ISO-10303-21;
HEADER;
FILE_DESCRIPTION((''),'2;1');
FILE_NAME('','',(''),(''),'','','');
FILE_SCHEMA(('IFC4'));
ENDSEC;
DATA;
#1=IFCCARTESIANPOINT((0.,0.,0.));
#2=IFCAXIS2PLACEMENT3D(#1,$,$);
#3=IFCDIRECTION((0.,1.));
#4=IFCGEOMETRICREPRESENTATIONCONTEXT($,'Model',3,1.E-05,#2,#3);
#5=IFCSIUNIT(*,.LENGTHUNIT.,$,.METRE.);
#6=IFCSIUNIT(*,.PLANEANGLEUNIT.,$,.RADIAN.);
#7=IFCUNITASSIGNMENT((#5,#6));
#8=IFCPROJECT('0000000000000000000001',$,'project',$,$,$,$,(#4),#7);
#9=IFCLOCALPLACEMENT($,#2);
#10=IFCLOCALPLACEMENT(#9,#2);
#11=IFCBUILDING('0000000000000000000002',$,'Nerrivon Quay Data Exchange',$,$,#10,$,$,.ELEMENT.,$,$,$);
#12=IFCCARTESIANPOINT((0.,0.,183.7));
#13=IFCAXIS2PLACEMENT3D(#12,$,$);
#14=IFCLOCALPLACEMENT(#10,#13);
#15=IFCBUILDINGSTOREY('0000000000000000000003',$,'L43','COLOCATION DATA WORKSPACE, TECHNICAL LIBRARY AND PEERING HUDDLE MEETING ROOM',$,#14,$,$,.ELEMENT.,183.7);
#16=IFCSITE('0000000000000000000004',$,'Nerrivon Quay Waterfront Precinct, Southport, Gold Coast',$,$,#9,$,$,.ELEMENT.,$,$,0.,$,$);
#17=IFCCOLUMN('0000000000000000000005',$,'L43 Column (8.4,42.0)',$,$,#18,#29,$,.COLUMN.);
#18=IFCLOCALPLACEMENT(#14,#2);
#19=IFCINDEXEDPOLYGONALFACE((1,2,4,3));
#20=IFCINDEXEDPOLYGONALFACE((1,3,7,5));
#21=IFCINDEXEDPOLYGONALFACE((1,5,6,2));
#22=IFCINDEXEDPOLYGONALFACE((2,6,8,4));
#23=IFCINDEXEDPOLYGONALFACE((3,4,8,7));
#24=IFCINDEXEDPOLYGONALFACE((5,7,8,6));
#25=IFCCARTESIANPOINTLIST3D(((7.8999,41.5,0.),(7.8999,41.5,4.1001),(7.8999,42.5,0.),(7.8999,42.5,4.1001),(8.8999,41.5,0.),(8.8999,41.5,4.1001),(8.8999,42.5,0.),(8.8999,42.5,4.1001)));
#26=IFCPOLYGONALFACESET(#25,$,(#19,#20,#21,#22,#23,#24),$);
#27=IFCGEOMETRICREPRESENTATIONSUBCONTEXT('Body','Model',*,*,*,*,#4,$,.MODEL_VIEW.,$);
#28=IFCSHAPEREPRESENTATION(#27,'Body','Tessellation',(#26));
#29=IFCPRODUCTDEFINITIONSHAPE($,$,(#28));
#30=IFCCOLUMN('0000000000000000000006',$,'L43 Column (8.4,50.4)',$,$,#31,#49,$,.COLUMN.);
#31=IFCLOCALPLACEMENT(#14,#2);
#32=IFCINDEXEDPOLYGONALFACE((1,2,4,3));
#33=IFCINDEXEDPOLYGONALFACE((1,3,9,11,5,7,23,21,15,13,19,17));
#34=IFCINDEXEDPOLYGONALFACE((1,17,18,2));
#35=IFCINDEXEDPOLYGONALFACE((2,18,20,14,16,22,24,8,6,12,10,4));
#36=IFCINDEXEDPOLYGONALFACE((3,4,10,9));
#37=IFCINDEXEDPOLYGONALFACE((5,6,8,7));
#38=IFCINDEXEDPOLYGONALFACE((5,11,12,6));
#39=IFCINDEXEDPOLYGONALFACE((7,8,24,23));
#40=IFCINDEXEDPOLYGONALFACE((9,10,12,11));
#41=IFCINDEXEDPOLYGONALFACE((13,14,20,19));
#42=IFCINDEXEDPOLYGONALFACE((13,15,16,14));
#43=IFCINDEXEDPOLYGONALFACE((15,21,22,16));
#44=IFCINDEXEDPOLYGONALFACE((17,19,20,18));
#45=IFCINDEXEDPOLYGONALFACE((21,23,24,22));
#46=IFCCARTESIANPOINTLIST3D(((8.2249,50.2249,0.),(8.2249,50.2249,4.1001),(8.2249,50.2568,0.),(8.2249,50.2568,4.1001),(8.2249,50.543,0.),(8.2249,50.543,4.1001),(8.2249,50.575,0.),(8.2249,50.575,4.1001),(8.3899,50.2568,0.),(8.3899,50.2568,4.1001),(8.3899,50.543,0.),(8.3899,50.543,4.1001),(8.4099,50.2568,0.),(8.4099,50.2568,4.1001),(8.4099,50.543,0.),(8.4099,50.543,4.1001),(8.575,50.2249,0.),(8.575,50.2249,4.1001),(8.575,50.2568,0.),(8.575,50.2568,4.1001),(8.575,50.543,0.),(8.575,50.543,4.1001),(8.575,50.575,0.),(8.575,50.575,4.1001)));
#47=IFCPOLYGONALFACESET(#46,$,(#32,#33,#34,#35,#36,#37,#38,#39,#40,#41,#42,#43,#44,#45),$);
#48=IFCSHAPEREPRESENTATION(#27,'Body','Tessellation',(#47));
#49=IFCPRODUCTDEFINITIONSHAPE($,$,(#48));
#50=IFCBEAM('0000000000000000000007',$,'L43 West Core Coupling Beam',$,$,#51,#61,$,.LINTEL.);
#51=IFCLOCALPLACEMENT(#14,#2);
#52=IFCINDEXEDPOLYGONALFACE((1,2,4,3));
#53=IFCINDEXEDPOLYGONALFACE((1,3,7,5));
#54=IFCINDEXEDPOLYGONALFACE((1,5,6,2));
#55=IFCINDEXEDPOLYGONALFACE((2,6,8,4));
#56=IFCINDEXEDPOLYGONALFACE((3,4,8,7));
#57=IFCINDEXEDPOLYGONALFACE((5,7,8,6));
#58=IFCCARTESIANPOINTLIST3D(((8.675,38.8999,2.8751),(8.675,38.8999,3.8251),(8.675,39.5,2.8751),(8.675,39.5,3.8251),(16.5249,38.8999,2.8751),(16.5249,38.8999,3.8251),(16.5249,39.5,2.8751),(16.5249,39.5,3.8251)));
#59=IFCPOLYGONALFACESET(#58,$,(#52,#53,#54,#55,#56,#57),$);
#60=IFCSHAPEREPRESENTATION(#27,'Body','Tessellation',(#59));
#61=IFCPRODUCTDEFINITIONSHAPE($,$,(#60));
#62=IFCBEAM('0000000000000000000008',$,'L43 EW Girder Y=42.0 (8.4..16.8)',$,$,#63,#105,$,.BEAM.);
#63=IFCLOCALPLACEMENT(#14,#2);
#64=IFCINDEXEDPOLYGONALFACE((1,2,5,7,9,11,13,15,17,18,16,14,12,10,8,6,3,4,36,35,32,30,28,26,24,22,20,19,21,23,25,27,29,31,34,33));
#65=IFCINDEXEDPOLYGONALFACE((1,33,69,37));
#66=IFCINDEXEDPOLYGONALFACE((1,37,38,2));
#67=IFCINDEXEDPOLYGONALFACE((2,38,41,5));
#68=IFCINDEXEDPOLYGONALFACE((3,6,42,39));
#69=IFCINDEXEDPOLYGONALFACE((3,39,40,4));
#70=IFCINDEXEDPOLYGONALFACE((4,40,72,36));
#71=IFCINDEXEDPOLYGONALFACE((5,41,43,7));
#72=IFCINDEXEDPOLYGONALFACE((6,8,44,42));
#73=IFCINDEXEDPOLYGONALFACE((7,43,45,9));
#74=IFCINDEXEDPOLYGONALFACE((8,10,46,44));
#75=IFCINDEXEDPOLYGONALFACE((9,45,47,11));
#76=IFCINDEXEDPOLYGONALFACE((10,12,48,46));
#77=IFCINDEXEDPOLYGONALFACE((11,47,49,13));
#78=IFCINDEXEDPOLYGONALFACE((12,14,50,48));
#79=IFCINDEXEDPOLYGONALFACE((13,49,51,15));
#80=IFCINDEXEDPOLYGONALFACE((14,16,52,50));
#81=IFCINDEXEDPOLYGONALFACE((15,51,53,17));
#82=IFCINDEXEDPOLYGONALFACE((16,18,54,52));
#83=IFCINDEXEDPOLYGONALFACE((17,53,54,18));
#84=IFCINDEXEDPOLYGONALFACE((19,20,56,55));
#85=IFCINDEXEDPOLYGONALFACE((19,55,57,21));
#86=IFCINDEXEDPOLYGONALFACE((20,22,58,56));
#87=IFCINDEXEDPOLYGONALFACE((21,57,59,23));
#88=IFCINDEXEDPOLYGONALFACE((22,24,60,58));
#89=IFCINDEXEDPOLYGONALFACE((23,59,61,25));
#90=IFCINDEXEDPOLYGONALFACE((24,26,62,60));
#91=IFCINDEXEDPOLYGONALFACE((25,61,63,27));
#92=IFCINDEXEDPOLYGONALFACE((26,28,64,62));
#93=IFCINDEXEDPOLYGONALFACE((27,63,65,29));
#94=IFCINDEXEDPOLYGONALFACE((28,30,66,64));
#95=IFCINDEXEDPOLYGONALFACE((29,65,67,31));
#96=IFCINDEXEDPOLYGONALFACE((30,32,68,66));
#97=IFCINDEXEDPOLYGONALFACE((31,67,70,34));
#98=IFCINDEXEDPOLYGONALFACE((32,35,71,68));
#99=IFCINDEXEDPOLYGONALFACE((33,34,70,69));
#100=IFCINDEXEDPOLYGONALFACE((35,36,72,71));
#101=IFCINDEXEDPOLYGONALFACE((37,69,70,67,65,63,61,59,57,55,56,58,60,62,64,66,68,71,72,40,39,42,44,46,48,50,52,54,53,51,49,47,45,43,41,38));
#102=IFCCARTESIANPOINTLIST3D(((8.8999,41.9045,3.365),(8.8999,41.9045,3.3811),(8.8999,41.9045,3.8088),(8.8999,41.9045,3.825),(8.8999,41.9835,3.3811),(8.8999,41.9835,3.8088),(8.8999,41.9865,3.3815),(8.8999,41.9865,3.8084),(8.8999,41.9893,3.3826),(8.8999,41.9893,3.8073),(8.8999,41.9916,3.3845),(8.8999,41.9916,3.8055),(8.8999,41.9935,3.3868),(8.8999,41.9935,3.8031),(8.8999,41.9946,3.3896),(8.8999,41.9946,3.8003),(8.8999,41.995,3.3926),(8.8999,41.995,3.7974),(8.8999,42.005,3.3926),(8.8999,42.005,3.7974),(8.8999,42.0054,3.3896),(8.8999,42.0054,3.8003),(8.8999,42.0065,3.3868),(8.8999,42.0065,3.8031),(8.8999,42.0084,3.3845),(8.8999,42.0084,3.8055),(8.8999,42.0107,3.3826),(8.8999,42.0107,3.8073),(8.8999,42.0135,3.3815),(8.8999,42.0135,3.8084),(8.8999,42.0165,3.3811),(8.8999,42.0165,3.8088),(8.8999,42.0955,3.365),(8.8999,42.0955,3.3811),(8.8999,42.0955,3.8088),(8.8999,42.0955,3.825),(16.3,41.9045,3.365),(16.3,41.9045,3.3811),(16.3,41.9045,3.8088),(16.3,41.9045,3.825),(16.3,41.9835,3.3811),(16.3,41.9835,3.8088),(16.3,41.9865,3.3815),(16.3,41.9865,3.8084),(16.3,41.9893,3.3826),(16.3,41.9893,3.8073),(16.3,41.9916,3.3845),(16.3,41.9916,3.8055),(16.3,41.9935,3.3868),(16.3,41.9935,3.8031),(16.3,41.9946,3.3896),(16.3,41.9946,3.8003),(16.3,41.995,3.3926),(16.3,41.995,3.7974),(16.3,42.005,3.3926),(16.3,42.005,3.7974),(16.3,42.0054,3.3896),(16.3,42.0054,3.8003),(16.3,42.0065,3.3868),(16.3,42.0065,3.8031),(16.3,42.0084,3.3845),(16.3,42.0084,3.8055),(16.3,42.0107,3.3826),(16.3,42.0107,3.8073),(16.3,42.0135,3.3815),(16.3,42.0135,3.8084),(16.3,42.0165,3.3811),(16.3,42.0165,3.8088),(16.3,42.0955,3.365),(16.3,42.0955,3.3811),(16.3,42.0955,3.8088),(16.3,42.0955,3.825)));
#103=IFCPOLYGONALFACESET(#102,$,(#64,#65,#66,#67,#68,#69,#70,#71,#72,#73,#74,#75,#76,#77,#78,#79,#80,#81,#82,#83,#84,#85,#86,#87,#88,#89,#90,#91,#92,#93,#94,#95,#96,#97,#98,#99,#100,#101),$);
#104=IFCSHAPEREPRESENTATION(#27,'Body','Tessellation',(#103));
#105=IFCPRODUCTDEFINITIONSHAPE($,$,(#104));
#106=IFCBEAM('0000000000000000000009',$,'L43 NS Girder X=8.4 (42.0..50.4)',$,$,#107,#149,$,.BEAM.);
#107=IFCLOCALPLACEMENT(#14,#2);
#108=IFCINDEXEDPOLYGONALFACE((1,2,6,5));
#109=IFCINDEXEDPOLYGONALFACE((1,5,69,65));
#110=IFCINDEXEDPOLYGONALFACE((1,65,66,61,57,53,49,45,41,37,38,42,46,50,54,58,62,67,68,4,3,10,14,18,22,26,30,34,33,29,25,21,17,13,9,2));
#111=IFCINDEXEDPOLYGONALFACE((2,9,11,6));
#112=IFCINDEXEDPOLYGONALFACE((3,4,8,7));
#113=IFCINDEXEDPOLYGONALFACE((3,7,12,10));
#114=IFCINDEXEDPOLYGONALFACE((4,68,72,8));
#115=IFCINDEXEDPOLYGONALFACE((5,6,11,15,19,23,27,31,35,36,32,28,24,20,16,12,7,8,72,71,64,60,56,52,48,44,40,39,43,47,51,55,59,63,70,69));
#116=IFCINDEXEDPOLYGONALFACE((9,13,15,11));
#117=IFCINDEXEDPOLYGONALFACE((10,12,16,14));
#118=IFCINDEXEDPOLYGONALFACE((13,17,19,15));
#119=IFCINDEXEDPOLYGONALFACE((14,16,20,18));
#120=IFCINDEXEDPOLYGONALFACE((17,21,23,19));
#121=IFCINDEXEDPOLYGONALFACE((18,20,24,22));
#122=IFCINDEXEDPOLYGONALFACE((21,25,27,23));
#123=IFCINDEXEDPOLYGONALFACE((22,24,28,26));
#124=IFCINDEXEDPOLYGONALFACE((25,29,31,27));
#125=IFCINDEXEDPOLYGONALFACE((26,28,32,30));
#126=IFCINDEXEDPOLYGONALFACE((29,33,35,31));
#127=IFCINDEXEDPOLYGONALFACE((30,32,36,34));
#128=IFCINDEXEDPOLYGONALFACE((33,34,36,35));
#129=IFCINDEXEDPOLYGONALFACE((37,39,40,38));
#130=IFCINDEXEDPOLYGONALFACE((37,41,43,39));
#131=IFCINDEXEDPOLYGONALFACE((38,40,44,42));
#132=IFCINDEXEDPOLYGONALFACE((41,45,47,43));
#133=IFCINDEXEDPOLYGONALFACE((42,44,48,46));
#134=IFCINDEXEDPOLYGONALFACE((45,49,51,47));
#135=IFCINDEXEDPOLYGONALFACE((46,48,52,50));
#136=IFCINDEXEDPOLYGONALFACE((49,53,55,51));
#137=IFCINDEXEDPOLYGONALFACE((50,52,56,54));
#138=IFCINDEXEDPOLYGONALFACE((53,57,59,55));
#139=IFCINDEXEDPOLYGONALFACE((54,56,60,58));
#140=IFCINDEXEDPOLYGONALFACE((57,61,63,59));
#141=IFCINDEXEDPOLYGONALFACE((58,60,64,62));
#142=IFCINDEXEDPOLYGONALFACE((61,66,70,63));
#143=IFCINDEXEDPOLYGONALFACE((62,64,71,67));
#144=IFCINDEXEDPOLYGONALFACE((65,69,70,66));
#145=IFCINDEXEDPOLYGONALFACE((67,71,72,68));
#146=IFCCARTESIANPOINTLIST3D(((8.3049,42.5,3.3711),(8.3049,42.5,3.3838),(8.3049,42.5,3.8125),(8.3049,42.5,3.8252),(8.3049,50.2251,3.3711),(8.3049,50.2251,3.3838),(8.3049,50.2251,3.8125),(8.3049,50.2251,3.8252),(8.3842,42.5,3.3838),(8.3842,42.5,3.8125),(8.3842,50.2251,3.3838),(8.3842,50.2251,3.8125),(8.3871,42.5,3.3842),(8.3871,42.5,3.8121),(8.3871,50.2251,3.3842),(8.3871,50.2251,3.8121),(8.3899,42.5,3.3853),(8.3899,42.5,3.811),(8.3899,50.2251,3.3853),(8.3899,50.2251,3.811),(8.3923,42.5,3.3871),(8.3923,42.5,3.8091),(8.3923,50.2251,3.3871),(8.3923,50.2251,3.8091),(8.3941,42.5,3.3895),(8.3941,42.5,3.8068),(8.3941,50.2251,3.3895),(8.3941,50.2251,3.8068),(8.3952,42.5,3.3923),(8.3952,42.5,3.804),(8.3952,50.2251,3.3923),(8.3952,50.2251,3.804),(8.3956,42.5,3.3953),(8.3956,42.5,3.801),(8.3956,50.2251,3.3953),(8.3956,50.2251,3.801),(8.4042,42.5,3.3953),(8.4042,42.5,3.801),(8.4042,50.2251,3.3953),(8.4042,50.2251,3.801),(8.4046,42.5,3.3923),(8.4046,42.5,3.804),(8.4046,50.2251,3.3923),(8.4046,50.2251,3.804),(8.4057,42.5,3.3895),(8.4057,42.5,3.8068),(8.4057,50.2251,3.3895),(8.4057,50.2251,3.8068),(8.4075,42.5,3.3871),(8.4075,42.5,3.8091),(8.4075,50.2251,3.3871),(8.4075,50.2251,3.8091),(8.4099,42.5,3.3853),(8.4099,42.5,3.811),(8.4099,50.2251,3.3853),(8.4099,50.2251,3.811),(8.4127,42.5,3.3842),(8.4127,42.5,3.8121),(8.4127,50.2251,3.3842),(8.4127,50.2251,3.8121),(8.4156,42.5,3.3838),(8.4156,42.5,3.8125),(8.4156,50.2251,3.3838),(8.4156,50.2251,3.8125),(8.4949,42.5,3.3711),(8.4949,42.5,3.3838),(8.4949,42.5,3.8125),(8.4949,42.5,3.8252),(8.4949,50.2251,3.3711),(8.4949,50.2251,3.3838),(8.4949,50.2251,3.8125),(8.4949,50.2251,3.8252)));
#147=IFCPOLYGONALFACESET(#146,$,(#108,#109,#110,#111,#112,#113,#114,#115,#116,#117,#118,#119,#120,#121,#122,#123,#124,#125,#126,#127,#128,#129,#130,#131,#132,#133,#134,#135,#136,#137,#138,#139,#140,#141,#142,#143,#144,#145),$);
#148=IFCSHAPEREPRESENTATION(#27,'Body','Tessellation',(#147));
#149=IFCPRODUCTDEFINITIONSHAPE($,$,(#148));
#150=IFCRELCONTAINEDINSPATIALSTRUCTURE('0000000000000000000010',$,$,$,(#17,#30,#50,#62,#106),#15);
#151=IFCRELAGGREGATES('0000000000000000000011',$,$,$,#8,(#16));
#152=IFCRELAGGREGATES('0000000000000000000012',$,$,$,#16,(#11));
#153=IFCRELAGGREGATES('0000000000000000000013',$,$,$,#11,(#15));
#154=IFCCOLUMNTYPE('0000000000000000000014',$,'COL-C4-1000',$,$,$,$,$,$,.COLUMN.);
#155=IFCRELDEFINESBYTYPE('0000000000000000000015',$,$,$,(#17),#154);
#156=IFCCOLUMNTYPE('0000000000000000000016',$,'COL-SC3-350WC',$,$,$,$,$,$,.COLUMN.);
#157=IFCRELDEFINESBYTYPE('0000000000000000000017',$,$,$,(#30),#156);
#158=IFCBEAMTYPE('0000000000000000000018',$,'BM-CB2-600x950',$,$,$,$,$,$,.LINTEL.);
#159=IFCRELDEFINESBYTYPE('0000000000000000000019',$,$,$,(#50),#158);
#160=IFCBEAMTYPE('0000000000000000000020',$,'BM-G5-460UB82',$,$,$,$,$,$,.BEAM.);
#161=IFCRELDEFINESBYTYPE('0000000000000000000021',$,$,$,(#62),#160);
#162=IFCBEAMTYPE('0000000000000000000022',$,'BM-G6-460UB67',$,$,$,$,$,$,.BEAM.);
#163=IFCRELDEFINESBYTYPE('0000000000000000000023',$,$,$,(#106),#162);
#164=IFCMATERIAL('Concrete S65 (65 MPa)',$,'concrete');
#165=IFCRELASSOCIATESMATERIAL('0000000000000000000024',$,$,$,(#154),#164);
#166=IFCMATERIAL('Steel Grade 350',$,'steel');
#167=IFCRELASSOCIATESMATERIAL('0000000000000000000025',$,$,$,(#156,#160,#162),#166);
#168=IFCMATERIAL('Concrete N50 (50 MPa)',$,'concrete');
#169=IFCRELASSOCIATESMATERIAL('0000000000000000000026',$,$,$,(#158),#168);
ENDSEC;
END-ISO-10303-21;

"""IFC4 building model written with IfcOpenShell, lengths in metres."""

from ifc_helpers import new_model, si_unit, direction, frame, origin, origin_2d, place, context, subcontext, project, spatial, rectangle, i_section, extrude, material, material_profile, profile_set, type_object, element, save


model = new_model("IFC4")

# Units and contexts
model_context = context("Model", 3, precision=1e-05, world=origin(), true_north=direction((0.0, 1.0)))
body_context = subcontext(model_context, "Body", "Model", "MODEL_VIEW")
ifc_project = project(units=[si_unit("LENGTHUNIT", "METRE"), si_unit("PLANEANGLEUNIT", "RADIAN")], contexts=[model_context])

# Site, building, storey
site_placement = place(None, origin())
site = spatial("IfcSite", under=ifc_project, at=site_placement, Name="Nerrivon Quay Waterfront Precinct, Southport, Gold Coast", CompositionType="ELEMENT", RefElevation=0.0)
building_placement = place(site_placement, origin())
building = spatial("IfcBuilding", under=site, at=building_placement, Name="Nerrivon Quay Data Exchange", CompositionType="ELEMENT")
storey_placement = place(building_placement, frame((0.0, 0.0, 183.7)))
storey = spatial("IfcBuildingStorey", under=building, at=storey_placement, Name="L43", Description="COLOCATION DATA WORKSPACE, TECHNICAL LIBRARY AND PEERING HUDDLE MEETING ROOM", CompositionType="ELEMENT", Elevation=183.7)

# Columns
ifc_material_1 = material(Name="Concrete S65 (65 MPa)", Category="concrete")
ifc_material_profile_1 = material_profile(ifc_material_1, rectangle(XDim=1.0, YDim=1.0, at=origin_2d()), Name="RC-COL-1000x1000")
ifc_profile_set_1 = profile_set([ifc_material_profile_1], Name="Concrete S65 (65 MPa)")
column_type_1 = type_object("IfcColumnType", Name="COL-C4-1000", PredefinedType="COLUMN", material=ifc_profile_set_1)
column_1_placement = place(storey_placement, frame((8.3999, 42.0, 0.0), z_axis=(0.0, 0.0, 1.0), x_axis=(1.0, 0.0, 0.0)))
element("IfcColumn", 1, at=column_1_placement, inside=storey, type_object=column_type_1, Name="L43 Column (8.4,42.0)", PredefinedType="COLUMN", context=body_context, shape_type="SweptSolid", body=[
    extrude(rectangle(XDim=1.0, YDim=1.0, at=origin_2d()), origin(), (0.0, 0.0, 1.0), 4.1001),
])
ifc_material_2 = material(Name="Steel Grade 350", Category="steel")
ifc_material_profile_2 = material_profile(ifc_material_2, i_section(OverallWidth=0.3501, OverallDepth=0.3501, WebThickness=0.02, FlangeThickness=0.032, at=origin_2d()), Name="350WC230")
ifc_profile_set_2 = profile_set([ifc_material_profile_2], Name="Steel Grade 350")
column_type_2 = type_object("IfcColumnType", Name="COL-SC3-350WC", PredefinedType="COLUMN", material=ifc_profile_set_2)
column_2_placement = place(storey_placement, frame((8.3999, 50.3999, 0.0), z_axis=(0.0, 0.0, 1.0), x_axis=(1.0, 0.0, 0.0)))
element("IfcColumn", 2, at=column_2_placement, inside=storey, type_object=column_type_2, Name="L43 Column (8.4,50.4)", PredefinedType="COLUMN", context=body_context, shape_type="SweptSolid", body=[
    extrude(i_section(OverallWidth=0.3501, OverallDepth=0.3501, WebThickness=0.02, FlangeThickness=0.032, at=origin_2d()), origin(), (0.0, 0.0, 1.0), 4.1001),
])

# Beams
ifc_material_3 = material(Name="Concrete N50 (50 MPa)", Category="concrete")
ifc_material_profile_3 = material_profile(ifc_material_3, rectangle(XDim=0.6001, YDim=0.95, at=origin_2d()), Name="RC-CB-600x950")
ifc_profile_set_3 = profile_set([ifc_material_profile_3], Name="Concrete N50 (50 MPa)")
beam_type_1 = type_object("IfcBeamType", Name="BM-CB2-600x950", PredefinedType="LINTEL", material=ifc_profile_set_3)
beam_1_placement = place(storey_placement, frame((8.675, 39.2, 3.3501), z_axis=(1.0, 0.0, 0.0), x_axis=(0.0, 1.0, 0.0)))
element("IfcBeam", 3, at=beam_1_placement, inside=storey, type_object=beam_type_1, Name="L43 West Core Coupling Beam", PredefinedType="LINTEL", context=body_context, shape_type="SweptSolid", body=[
    extrude(rectangle(XDim=0.6001, YDim=0.95, at=origin_2d()), origin(), (0.0, 0.0, 1.0), 7.8499),
])
ifc_material_profile_4 = material_profile(ifc_material_2, i_section(OverallWidth=0.1909, OverallDepth=0.46, WebThickness=0.01, FlangeThickness=0.0161, FilletRadius=0.0115, at=origin_2d()), Name="460UB82.1")
ifc_profile_set_4 = profile_set([ifc_material_profile_4], Name="Steel Grade 350")
beam_type_2 = type_object("IfcBeamType", Name="BM-G5-460UB82", PredefinedType="BEAM", material=ifc_profile_set_4)
beam_2_placement = place(storey_placement, frame((8.8999, 42.0, 3.595), z_axis=(1.0, 0.0, 0.0), x_axis=(0.0, 1.0, 0.0)))
element("IfcBeam", 4, at=beam_2_placement, inside=storey, type_object=beam_type_2, Name="L43 EW Girder Y=42.0 (8.4..16.8)", PredefinedType="BEAM", context=body_context, shape_type="SweptSolid", body=[
    extrude(i_section(OverallWidth=0.1909, OverallDepth=0.46, WebThickness=0.01, FlangeThickness=0.0161, FilletRadius=0.0115, at=origin_2d()), origin(), (0.0, 0.0, 1.0), 7.4001),
])
ifc_material_profile_5 = material_profile(ifc_material_2, i_section(OverallWidth=0.1899, OverallDepth=0.4541, WebThickness=0.0085, FlangeThickness=0.0127, FilletRadius=0.0115, at=origin_2d()), Name="460UB67.1")
ifc_profile_set_5 = profile_set([ifc_material_profile_5], Name="Steel Grade 350")
beam_type_3 = type_object("IfcBeamType", Name="BM-G6-460UB67", PredefinedType="BEAM", material=ifc_profile_set_5)
beam_3_placement = place(storey_placement, frame((8.3999, 42.5, 3.5981), z_axis=(0.0, 1.0, 0.0), x_axis=(-1.0, 0.0, 0.0)))
element("IfcBeam", 5, at=beam_3_placement, inside=storey, type_object=beam_type_3, Name="L43 NS Girder X=8.4 (42.0..50.4)", PredefinedType="BEAM", context=body_context, shape_type="SweptSolid", body=[
    extrude(i_section(OverallWidth=0.1899, OverallDepth=0.4541, WebThickness=0.0085, FlangeThickness=0.0127, FilletRadius=0.0115, at=origin_2d()), origin(), (0.0, 0.0, 1.0), 7.7251),
])

save(model, "model.ifc")
